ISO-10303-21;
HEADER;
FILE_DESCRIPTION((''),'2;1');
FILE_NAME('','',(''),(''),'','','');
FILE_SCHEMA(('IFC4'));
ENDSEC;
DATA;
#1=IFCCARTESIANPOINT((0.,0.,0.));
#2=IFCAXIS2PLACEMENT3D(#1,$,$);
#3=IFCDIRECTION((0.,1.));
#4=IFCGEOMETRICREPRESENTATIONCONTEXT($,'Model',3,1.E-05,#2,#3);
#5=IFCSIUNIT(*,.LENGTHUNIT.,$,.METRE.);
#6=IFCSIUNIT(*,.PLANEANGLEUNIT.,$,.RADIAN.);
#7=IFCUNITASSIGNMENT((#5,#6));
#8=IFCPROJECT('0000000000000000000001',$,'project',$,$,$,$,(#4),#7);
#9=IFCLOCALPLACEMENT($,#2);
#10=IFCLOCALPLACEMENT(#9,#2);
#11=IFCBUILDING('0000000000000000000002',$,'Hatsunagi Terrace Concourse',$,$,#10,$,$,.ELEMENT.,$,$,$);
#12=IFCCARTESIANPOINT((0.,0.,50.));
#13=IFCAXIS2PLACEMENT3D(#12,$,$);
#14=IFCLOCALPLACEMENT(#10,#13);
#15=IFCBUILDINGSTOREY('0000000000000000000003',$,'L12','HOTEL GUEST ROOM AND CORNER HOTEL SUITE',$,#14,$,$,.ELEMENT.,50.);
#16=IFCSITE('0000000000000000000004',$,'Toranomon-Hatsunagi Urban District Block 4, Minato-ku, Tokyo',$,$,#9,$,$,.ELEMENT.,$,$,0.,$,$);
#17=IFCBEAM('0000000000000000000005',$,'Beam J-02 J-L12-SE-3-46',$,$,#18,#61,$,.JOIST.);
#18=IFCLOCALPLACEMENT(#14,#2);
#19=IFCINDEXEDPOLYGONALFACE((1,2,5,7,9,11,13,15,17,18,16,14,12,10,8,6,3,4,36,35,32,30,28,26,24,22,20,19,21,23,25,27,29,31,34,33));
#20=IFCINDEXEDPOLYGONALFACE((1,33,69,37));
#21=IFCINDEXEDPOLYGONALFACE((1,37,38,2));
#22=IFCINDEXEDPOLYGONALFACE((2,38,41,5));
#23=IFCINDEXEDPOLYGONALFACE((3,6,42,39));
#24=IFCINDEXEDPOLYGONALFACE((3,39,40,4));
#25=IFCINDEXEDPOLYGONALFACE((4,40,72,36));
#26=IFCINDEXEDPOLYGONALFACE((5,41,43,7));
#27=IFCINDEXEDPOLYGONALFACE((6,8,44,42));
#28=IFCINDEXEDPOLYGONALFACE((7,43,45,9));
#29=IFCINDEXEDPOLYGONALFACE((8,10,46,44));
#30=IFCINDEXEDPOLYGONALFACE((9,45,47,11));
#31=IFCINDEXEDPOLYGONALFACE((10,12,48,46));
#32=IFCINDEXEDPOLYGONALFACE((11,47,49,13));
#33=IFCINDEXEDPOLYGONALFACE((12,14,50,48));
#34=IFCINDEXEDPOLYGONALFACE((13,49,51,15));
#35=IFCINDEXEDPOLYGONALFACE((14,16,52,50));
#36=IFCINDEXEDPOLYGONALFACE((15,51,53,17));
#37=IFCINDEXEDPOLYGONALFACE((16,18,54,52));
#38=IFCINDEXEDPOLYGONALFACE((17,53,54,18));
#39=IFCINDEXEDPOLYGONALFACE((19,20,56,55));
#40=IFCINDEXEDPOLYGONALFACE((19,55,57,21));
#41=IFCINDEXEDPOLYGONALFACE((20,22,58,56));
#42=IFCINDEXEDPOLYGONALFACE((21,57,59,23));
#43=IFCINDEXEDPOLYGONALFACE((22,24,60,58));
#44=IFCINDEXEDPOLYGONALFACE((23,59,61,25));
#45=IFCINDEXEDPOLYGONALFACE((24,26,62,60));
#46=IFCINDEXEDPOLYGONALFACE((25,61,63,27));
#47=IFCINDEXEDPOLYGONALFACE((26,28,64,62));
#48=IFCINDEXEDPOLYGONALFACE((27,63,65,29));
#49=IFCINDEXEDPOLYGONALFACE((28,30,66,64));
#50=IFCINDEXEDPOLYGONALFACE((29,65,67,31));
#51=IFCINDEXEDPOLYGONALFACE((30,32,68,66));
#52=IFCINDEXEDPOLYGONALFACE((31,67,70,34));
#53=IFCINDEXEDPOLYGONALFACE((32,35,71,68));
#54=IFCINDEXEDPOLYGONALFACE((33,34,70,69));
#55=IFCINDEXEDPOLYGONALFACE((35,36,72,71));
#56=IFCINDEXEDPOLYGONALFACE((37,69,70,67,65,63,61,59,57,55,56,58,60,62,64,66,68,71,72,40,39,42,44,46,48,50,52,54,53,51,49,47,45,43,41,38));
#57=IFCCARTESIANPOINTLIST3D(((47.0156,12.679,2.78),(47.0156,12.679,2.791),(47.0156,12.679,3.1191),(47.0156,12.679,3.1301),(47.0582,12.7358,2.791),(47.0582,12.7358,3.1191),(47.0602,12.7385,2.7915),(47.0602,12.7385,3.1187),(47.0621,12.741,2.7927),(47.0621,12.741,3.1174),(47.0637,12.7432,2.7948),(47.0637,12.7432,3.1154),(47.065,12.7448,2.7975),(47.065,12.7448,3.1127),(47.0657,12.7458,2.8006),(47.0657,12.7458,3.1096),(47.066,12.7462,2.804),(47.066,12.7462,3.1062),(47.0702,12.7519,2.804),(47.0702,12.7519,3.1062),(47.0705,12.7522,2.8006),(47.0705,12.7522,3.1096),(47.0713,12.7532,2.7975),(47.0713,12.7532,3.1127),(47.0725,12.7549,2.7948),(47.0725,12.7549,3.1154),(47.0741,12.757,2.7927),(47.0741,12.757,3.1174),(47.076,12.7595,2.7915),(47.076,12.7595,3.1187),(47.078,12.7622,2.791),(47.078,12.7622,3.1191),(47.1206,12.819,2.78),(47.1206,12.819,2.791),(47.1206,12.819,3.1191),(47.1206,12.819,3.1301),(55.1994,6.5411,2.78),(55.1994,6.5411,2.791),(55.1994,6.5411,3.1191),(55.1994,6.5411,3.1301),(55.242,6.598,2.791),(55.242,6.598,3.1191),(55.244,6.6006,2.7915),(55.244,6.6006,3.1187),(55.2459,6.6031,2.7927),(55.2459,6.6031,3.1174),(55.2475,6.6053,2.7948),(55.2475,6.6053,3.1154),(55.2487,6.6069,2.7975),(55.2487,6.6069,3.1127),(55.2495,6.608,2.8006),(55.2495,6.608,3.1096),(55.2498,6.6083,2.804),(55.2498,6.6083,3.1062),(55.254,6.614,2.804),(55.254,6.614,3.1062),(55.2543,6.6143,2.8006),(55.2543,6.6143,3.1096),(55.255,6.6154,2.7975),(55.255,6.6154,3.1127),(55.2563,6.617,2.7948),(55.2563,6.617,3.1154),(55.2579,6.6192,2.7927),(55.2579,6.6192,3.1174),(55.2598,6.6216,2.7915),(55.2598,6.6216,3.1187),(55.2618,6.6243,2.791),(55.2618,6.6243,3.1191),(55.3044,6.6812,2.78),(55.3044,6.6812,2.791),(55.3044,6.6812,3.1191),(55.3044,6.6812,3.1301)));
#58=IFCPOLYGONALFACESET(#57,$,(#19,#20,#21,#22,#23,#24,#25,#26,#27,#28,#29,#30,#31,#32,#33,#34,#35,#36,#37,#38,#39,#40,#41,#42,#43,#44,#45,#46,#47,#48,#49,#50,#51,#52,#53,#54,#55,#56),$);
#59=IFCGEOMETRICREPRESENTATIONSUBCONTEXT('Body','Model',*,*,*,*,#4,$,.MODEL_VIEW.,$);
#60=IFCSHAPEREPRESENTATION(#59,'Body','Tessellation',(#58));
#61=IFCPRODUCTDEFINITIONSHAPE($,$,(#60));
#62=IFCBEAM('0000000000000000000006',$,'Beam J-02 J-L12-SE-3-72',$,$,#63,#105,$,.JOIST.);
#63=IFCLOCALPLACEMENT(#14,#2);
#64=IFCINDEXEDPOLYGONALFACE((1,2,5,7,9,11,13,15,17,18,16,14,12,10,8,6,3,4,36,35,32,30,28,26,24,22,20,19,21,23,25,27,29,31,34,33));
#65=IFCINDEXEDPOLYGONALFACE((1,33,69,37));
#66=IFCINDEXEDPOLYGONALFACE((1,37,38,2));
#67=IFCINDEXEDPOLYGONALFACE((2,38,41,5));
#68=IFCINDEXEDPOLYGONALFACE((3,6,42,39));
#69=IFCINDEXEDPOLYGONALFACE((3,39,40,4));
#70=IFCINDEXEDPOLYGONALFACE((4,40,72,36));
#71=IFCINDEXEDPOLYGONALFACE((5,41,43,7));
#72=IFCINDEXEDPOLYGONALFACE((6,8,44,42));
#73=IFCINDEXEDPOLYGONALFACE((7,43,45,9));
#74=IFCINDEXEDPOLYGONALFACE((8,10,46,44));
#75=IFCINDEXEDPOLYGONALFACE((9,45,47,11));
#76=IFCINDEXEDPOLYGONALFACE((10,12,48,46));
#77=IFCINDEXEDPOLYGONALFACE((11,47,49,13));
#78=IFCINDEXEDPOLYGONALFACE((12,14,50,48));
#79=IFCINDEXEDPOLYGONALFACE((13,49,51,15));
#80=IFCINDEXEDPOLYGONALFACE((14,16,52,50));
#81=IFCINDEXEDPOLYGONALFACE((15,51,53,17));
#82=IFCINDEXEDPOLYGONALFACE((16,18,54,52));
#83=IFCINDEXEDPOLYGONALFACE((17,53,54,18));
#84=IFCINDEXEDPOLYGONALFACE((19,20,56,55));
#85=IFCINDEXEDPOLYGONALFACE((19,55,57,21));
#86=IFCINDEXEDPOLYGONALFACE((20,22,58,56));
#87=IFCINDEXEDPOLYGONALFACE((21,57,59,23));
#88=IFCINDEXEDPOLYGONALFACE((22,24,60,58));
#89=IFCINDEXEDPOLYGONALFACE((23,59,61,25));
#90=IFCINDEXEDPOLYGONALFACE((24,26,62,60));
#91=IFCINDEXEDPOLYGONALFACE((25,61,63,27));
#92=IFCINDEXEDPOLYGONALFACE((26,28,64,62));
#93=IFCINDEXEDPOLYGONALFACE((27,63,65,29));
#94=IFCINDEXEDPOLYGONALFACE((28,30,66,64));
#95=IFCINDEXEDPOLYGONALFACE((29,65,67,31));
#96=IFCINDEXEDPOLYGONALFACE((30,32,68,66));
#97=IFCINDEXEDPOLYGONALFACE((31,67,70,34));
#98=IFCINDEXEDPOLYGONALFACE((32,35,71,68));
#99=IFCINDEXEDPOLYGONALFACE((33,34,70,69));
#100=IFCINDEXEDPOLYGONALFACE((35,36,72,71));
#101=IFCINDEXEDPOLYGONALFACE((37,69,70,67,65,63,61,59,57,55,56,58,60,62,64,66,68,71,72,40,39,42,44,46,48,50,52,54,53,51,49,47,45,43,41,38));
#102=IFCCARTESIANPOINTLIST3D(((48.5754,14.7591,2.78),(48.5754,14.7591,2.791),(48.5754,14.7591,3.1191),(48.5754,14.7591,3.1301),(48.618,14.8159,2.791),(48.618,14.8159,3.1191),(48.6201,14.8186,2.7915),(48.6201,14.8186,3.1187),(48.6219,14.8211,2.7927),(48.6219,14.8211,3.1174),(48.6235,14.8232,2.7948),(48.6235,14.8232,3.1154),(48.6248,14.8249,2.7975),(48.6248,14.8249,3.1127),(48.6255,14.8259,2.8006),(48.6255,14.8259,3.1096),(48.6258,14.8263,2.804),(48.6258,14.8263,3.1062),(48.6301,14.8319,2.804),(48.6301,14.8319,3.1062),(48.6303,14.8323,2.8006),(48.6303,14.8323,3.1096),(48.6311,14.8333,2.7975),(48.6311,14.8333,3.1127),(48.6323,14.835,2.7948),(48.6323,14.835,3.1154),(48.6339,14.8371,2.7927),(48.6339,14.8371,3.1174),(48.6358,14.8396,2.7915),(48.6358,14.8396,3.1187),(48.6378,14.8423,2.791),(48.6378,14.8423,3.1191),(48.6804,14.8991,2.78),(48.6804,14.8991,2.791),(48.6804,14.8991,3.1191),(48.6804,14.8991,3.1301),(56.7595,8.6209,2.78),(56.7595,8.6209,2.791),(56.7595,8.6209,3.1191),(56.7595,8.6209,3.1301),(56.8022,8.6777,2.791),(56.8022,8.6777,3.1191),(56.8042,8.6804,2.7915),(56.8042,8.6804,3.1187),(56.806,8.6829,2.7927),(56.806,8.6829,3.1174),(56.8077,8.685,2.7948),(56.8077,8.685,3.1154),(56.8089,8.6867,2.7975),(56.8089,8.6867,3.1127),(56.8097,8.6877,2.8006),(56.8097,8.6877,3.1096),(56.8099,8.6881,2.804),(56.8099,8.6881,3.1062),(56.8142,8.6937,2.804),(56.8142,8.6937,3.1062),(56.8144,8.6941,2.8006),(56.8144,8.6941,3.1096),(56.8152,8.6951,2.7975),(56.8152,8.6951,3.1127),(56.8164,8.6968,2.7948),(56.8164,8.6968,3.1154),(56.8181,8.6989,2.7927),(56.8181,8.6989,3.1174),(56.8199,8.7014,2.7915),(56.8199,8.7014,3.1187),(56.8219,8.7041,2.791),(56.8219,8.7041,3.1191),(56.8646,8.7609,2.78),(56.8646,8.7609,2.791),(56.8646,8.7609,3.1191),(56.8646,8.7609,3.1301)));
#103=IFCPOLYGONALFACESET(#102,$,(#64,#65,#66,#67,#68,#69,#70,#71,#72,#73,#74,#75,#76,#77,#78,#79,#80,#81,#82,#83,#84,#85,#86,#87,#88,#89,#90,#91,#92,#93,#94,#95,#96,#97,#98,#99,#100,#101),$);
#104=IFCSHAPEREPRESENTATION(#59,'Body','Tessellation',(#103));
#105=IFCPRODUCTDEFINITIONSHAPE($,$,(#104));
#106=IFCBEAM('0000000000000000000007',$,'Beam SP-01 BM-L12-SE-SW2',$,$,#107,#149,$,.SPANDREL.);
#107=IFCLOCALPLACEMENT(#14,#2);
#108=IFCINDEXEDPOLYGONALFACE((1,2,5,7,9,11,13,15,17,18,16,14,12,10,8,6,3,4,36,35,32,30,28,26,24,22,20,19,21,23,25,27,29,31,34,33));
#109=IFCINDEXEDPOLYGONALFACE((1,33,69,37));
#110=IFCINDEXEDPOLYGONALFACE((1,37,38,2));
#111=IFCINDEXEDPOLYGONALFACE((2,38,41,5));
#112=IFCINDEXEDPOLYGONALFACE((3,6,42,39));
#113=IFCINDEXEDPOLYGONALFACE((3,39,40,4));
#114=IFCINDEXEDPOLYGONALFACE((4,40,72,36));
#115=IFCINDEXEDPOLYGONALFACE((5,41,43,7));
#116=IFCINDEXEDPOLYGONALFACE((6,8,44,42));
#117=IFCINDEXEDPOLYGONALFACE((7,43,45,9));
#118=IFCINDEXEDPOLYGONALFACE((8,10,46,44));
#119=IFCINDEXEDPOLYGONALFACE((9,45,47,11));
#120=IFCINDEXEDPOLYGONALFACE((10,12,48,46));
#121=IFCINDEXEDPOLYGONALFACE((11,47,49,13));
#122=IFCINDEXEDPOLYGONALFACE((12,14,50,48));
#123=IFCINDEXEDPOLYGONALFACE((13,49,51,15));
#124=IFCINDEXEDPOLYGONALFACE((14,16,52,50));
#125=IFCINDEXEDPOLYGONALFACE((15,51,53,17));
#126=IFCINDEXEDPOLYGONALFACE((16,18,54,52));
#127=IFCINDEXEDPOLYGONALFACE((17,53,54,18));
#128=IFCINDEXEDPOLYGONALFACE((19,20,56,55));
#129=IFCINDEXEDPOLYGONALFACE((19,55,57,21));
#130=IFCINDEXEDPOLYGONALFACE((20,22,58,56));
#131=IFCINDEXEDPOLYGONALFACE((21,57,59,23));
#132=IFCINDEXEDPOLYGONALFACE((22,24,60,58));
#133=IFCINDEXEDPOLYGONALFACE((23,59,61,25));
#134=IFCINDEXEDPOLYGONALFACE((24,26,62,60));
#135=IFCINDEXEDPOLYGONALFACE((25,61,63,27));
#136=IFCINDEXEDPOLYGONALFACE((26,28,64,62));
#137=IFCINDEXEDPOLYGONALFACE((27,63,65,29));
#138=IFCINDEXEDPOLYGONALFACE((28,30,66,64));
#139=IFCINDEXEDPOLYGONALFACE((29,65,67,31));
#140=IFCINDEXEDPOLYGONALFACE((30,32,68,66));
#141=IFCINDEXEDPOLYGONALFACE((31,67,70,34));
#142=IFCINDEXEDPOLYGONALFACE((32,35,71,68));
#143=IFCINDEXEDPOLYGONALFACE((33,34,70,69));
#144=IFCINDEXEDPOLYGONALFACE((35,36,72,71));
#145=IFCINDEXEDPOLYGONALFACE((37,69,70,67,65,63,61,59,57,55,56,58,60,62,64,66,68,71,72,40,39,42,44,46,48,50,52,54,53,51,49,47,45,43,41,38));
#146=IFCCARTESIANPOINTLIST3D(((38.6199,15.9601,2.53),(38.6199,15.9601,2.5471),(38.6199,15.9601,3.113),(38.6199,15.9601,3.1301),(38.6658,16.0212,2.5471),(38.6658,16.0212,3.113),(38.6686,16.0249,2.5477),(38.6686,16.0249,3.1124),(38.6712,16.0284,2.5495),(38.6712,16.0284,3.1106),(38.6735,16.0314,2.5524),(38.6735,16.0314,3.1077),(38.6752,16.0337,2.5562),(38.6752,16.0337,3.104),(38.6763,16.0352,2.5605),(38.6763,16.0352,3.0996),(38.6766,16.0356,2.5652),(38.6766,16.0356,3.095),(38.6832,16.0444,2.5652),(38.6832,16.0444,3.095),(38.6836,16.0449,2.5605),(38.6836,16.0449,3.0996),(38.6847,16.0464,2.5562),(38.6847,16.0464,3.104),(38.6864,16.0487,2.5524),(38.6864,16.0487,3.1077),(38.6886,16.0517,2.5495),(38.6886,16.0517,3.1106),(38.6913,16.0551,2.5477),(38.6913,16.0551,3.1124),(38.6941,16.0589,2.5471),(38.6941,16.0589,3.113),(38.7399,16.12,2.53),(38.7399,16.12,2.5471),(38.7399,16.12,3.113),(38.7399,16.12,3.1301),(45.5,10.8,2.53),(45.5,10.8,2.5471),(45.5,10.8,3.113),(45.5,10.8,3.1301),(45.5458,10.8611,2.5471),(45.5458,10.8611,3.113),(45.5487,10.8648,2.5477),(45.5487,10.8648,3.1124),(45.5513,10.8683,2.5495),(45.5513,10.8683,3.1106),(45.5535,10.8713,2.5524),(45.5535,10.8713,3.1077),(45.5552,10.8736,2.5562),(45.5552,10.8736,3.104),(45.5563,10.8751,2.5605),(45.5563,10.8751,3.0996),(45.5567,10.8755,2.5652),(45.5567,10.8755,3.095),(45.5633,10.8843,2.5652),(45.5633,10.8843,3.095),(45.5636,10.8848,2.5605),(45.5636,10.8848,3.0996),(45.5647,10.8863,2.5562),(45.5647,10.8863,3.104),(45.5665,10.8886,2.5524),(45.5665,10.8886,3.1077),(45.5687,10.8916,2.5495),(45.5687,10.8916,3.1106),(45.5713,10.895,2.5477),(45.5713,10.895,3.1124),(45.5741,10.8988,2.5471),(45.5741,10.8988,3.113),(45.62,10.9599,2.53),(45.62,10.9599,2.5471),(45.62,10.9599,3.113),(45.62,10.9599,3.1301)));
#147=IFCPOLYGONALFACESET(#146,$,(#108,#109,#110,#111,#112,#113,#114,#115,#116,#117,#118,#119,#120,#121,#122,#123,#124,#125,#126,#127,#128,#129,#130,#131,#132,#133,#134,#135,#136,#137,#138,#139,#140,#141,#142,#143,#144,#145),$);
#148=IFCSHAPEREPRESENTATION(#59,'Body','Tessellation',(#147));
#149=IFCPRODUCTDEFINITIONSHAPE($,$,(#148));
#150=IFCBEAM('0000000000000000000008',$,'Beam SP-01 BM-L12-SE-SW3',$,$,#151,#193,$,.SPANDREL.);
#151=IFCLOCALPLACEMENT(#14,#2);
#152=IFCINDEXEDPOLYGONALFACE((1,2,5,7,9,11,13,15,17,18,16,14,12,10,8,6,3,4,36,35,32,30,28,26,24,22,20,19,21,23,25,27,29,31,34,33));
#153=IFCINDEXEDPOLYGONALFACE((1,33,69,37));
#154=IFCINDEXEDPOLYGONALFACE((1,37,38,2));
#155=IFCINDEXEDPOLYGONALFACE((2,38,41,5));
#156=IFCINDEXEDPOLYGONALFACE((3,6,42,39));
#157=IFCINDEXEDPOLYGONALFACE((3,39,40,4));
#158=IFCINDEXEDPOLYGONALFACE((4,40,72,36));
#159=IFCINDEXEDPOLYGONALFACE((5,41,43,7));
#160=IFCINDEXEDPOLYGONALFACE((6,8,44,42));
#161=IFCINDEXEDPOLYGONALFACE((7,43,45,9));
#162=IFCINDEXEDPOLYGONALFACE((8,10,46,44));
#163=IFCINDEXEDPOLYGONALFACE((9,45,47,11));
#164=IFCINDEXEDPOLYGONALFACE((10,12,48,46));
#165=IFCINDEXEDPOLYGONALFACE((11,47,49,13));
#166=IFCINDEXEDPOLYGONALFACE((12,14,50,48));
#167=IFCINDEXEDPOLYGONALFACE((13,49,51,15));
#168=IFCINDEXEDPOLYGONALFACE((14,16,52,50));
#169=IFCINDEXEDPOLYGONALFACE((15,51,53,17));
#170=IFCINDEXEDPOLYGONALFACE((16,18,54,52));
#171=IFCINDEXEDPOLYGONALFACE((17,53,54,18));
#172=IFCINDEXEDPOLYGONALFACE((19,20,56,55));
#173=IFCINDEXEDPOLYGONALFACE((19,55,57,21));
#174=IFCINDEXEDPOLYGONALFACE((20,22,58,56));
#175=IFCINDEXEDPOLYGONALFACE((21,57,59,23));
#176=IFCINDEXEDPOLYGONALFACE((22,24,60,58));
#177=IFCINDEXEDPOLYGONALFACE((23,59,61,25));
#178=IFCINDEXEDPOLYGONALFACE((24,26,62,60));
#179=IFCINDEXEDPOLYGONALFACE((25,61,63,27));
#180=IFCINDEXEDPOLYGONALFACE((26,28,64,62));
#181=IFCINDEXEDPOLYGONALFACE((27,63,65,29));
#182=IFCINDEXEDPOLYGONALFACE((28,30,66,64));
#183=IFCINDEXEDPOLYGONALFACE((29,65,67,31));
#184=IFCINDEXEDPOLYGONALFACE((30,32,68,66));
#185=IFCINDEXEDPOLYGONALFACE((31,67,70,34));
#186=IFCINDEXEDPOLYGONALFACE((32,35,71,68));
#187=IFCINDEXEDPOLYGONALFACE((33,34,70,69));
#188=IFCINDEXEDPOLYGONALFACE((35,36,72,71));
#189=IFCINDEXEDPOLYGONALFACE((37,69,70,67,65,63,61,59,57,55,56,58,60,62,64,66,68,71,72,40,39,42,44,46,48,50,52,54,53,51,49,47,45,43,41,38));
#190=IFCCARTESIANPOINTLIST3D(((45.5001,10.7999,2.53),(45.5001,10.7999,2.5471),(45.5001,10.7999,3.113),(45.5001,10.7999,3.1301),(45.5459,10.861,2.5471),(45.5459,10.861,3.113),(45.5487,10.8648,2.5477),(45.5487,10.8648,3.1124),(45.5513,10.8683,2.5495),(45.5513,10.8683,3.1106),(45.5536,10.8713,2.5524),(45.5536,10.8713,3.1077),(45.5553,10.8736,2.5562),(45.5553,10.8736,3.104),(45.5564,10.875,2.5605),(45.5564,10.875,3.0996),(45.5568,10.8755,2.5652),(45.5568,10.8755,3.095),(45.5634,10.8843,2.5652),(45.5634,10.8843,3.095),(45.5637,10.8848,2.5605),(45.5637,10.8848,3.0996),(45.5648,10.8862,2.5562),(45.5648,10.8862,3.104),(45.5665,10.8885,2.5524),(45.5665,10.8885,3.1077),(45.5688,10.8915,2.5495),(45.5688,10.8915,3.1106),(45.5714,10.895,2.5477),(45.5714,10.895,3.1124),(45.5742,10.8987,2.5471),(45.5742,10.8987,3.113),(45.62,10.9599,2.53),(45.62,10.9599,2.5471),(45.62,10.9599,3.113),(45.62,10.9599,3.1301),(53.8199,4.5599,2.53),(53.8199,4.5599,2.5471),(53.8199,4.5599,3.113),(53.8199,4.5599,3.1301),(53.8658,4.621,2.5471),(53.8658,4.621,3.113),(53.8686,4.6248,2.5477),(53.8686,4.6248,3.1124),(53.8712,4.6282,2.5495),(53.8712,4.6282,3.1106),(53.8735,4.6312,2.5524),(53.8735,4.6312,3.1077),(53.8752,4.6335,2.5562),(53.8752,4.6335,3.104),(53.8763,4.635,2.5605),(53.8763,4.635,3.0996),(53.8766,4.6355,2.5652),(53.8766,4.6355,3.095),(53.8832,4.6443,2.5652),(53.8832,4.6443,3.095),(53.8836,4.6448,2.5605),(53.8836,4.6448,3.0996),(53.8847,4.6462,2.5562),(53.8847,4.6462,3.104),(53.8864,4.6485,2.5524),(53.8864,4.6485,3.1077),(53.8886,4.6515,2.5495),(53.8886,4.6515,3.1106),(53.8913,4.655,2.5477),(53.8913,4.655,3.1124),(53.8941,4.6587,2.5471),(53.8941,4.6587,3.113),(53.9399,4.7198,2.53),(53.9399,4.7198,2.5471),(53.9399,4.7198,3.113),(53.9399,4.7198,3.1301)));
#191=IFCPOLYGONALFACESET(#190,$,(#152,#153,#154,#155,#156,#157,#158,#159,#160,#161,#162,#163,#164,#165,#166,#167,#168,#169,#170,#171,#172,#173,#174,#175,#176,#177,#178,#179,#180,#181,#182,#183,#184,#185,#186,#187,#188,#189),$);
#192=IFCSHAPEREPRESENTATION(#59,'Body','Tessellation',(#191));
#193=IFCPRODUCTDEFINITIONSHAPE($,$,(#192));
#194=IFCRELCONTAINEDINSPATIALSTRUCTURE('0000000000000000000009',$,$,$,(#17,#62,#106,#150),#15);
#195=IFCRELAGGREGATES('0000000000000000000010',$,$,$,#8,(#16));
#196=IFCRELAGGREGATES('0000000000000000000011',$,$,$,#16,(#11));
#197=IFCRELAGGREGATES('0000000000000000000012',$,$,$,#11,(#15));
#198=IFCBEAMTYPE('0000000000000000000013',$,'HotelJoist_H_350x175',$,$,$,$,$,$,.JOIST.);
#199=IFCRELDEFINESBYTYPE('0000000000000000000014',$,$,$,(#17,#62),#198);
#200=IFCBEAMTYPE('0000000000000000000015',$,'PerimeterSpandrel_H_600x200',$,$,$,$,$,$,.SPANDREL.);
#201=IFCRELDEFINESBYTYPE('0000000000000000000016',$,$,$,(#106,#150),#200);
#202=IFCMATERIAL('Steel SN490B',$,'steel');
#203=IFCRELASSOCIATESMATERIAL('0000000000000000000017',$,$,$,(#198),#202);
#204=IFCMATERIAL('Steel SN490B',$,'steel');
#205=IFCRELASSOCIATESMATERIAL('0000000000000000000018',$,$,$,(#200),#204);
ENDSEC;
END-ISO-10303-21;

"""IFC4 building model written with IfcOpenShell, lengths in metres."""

from ifc_helpers import new_model, si_unit, direction, frame, origin, origin_2d, place, context, subcontext, project, spatial, i_section, extrude, material, material_profile, profile_set, type_object, element, save


model = new_model("IFC4")

# Units and contexts
model_context = context("Model", 3, precision=1e-05, world=origin(), true_north=direction((0.0, 1.0)))
body_context = subcontext(model_context, "Body", "Model", "MODEL_VIEW")
ifc_project = project(units=[si_unit("LENGTHUNIT", "METRE"), si_unit("PLANEANGLEUNIT", "RADIAN")], contexts=[model_context])

# Site, building, storey
site_placement = place(None, origin())
site = spatial("IfcSite", under=ifc_project, at=site_placement, Name="Toranomon-Hatsunagi Urban District Block 4, Minato-ku, Tokyo", CompositionType="ELEMENT", RefElevation=0.0)
building_placement = place(site_placement, origin())
building = spatial("IfcBuilding", under=site, at=building_placement, Name="Hatsunagi Terrace Concourse", CompositionType="ELEMENT")
storey_placement = place(building_placement, frame((0.0, 0.0, 50.0)))
storey = spatial("IfcBuildingStorey", under=building, at=storey_placement, Name="L12", Description="HOTEL GUEST ROOM AND CORNER HOTEL SUITE", CompositionType="ELEMENT", Elevation=50.0)

# Beams
ifc_material_1 = material(Name="Steel SN490B", Category="steel")
ifc_material_profile_1 = material_profile(ifc_material_1, i_section(OverallWidth=0.175, OverallDepth=0.3501, WebThickness=0.0071, FlangeThickness=0.011, FilletRadius=0.0129, at=origin_2d()), Name="H-350x175x7x11")
ifc_profile_set_1 = profile_set([ifc_material_profile_1], Name="Steel SN490B")
beam_type_1 = type_object("IfcBeamType", Name="HotelJoist_H_350x175", PredefinedType="JOIST", material=ifc_profile_set_1)
beam_1_placement = place(storey_placement, frame((47.0681, 12.749, 2.9551), z_axis=(0.799997, -0.600004, 0.0), x_axis=(0.600004, 0.799997, 0.0)))
element("IfcBeam", 1, at=beam_1_placement, inside=storey, type_object=beam_type_1, Name="Beam J-02 J-L12-SE-3-46", PredefinedType="JOIST", context=body_context, shape_type="SweptSolid", body=[
    extrude(i_section(OverallWidth=0.175, OverallDepth=0.3501, WebThickness=0.0071, FlangeThickness=0.011, FilletRadius=0.0129, at=origin_2d()), origin(), (0.0, 0.0, 1.0), 10.2297),
])
beam_2_placement = place(storey_placement, frame((48.6279, 14.8291, 2.9551), z_axis=(0.799994, -0.600008, 0.0), x_axis=(0.600008, 0.799994, 0.0)))
element("IfcBeam", 2, at=beam_2_placement, inside=storey, type_object=beam_type_1, Name="Beam J-02 J-L12-SE-3-72", PredefinedType="JOIST", context=body_context, shape_type="SweptSolid", body=[
    extrude(i_section(OverallWidth=0.175, OverallDepth=0.3501, WebThickness=0.0071, FlangeThickness=0.011, FilletRadius=0.0129, at=origin_2d()), origin(), (0.0, 0.0, 1.0), 10.2302),
])
ifc_material_2 = material(Name="Steel SN490B", Category="steel")
ifc_material_profile_2 = material_profile(ifc_material_2, i_section(OverallWidth=0.2, OverallDepth=0.6001, WebThickness=0.011, FlangeThickness=0.0171, FilletRadius=0.0181, at=origin_2d()), Name="H-600x200x11x17")
ifc_profile_set_2 = profile_set([ifc_material_profile_2], Name="Steel SN490B")
beam_type_2 = type_object("IfcBeamType", Name="PerimeterSpandrel_H_600x200", PredefinedType="SPANDREL", material=ifc_profile_set_2)
beam_3_placement = place(storey_placement, frame((38.6799, 16.04, 2.8301), z_axis=(0.799997, -0.600005, 0.0), x_axis=(0.600005, 0.799997, 0.0)))
element("IfcBeam", 3, at=beam_3_placement, inside=storey, type_object=beam_type_2, Name="Beam SP-01 BM-L12-SE-SW2", PredefinedType="SPANDREL", context=body_context, shape_type="SweptSolid", body=[
    extrude(i_section(OverallWidth=0.2, OverallDepth=0.6001, WebThickness=0.011, FlangeThickness=0.0171, FilletRadius=0.0181, at=origin_2d()), origin(), (0.0, 0.0, 1.0), 8.6001),
])
beam_4_placement = place(storey_placement, frame((45.5601, 10.8799, 2.8301), z_axis=(0.799994, -0.600008, 0.0), x_axis=(0.600008, 0.799994, 0.0)))
element("IfcBeam", 4, at=beam_4_placement, inside=storey, type_object=beam_type_2, Name="Beam SP-01 BM-L12-SE-SW3", PredefinedType="SPANDREL", context=body_context, shape_type="SweptSolid", body=[
    extrude(i_section(OverallWidth=0.2, OverallDepth=0.6001, WebThickness=0.011, FlangeThickness=0.0171, FilletRadius=0.0181, at=origin_2d()), origin(), (0.0, 0.0, 1.0), 10.3999),
])

save(model, "model.ifc")
